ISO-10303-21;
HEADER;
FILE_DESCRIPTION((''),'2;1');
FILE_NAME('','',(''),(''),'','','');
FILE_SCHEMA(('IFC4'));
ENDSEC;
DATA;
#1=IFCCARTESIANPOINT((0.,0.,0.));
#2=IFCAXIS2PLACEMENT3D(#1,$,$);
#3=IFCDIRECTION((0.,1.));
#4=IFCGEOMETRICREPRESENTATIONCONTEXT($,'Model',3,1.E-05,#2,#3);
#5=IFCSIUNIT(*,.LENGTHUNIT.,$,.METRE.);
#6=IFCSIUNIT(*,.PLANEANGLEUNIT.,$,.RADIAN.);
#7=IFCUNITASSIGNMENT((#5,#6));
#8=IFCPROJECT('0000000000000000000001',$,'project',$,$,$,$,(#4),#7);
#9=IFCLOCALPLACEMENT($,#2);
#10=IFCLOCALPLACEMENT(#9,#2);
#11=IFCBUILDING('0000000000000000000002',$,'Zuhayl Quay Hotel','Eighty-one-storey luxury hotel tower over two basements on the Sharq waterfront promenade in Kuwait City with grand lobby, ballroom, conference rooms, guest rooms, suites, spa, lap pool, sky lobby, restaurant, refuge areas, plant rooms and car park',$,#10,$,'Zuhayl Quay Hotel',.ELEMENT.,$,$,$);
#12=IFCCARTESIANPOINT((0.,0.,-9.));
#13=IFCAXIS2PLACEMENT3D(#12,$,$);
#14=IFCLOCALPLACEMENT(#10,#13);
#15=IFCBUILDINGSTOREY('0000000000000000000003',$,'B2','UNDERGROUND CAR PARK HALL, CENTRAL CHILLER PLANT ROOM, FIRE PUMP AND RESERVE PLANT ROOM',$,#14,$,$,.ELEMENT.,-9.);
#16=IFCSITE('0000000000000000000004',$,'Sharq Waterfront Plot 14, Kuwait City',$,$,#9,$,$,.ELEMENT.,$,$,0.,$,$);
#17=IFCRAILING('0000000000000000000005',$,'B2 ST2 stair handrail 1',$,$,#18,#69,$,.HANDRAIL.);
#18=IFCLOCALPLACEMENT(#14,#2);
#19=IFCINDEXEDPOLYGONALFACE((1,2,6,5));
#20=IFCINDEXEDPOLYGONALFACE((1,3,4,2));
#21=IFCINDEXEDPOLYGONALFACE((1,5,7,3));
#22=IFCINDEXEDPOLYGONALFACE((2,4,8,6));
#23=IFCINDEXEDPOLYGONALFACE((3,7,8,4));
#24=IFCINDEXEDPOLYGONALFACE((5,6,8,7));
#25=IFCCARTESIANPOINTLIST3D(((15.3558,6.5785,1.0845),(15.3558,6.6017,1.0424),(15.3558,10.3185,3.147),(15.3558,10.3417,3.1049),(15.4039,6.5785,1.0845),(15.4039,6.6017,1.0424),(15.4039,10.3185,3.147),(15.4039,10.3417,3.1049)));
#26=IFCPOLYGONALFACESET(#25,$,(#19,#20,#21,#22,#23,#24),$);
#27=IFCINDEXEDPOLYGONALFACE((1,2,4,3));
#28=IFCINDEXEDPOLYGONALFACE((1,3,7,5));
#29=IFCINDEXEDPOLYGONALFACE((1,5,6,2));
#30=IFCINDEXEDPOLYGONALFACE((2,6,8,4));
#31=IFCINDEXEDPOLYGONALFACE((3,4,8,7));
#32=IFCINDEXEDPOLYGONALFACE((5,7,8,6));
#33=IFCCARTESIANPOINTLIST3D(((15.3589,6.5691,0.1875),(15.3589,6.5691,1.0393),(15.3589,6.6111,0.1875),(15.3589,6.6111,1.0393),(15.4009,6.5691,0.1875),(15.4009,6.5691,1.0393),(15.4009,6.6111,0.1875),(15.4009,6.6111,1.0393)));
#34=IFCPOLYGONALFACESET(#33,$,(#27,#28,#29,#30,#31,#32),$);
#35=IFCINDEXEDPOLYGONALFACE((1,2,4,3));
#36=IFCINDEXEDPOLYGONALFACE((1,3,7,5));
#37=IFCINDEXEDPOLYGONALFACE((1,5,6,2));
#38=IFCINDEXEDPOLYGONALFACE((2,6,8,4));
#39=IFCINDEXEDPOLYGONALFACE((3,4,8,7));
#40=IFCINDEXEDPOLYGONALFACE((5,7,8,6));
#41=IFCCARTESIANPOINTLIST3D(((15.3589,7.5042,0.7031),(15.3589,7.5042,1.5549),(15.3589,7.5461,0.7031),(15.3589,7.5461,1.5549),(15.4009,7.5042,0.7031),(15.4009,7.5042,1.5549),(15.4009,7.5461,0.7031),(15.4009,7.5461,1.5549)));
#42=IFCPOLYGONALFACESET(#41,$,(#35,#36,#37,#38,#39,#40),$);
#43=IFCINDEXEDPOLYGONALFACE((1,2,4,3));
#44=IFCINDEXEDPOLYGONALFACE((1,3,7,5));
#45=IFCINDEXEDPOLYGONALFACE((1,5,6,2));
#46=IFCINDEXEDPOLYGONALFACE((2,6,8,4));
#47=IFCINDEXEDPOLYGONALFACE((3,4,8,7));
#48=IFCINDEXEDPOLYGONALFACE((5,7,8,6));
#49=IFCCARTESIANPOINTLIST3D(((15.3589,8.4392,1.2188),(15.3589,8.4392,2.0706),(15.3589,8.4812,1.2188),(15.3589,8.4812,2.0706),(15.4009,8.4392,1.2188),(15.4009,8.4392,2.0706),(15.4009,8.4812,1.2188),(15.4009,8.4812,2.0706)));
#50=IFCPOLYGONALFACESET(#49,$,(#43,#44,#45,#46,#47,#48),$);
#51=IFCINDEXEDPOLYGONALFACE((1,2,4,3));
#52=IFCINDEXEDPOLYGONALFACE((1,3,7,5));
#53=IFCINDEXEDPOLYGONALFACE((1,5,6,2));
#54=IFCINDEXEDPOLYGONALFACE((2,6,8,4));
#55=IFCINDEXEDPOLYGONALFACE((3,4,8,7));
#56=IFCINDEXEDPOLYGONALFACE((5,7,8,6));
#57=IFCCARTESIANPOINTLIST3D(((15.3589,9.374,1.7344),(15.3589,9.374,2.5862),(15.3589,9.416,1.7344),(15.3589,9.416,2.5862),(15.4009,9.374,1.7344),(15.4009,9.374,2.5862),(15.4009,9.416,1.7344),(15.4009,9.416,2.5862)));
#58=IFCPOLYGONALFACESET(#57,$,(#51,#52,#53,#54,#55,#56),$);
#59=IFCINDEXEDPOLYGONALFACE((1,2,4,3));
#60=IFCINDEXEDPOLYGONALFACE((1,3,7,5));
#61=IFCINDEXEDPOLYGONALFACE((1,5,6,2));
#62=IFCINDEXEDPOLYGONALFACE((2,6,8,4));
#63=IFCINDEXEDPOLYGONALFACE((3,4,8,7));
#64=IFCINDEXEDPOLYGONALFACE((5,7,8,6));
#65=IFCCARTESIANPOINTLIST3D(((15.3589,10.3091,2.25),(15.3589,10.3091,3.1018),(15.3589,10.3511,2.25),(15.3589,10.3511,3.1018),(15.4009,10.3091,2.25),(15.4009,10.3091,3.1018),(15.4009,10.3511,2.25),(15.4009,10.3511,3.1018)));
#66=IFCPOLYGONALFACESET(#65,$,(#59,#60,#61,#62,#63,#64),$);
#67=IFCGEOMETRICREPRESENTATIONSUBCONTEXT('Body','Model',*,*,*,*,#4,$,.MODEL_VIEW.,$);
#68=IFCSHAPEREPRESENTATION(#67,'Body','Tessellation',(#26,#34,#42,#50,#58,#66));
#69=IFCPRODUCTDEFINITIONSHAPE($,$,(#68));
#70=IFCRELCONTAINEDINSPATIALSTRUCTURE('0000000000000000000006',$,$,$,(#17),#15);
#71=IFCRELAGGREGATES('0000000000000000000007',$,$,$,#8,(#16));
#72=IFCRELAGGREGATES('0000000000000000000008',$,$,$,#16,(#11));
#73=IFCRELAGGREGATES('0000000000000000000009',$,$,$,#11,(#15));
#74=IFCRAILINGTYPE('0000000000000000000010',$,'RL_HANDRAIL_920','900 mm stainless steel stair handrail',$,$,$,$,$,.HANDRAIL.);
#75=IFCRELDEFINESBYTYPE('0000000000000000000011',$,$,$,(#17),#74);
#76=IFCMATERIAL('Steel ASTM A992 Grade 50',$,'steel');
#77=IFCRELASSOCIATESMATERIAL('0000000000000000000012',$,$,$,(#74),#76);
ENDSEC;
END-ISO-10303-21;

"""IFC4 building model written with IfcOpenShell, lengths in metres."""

from ifc_helpers import new_model, si_unit, direction, frame, origin, origin_2d, place, context, subcontext, project, spatial, rectangle, extrude, material, type_object, element, save


model = new_model("IFC4")

# Units and contexts
model_context = context("Model", 3, precision=1e-05, world=origin(), true_north=direction((0.0, 1.0)))
body_context = subcontext(model_context, "Body", "Model", "MODEL_VIEW")
ifc_project = project(units=[si_unit("LENGTHUNIT", "METRE"), si_unit("PLANEANGLEUNIT", "RADIAN")], contexts=[model_context])

# Site, building, storey
site_placement = place(None, origin())
site = spatial("IfcSite", under=ifc_project, at=site_placement, Name="Sharq Waterfront Plot 14, Kuwait City", CompositionType="ELEMENT", RefElevation=0.0)
building_placement = place(site_placement, origin())
building = spatial("IfcBuilding", under=site, at=building_placement, Name="Zuhayl Quay Hotel", Description="Eighty-one-storey luxury hotel tower over two basements on the Sharq waterfront promenade in Kuwait City with grand lobby, ballroom, conference rooms, guest rooms, suites, spa, lap pool, sky lobby, restaurant, refuge areas, plant rooms and car park", LongName="Zuhayl Quay Hotel", CompositionType="ELEMENT")
storey_placement = place(building_placement, frame((0.0, 0.0, -9.0)))
storey = spatial("IfcBuildingStorey", under=building, at=storey_placement, Name="B2", Description="UNDERGROUND CAR PARK HALL, CENTRAL CHILLER PLANT ROOM, FIRE PUMP AND RESERVE PLANT ROOM", CompositionType="ELEMENT", Elevation=-9.0)

# Railing
ifc_material_1 = material(Name="Steel ASTM A992 Grade 50", Category="steel")
railing_type_1 = type_object("IfcRailingType", Name="RL_HANDRAIL_920", Description="900 mm stainless steel stair handrail", PredefinedType="HANDRAIL", material=ifc_material_1)
railing_1_placement = place(storey_placement, frame((15.3799, 6.5901, 0.1875)))
element("IfcRailing", 1, at=railing_1_placement, inside=storey, type_object=railing_type_1, Name="B2 ST2 stair handrail 1", PredefinedType="HANDRAIL", context=body_context, shape_type="SweptSolid", body=[
    extrude(rectangle(XDim=0.0481, YDim=0.0481, at=origin_2d()), frame((0.0, 0.0, 0.876), z_axis=(0.0, 0.875671, 0.482908), x_axis=(-1.0, 0.0, 0.0)), (0.0, 0.0, 1.0), 4.271),
    extrude(rectangle(XDim=0.042, YDim=0.042, at=origin_2d()), origin(), (0.0, 0.0, 1.0), 0.8518),
    extrude(rectangle(XDim=0.042, YDim=0.042, at=origin_2d()), frame((0.0, 0.9351, 0.5156)), (0.0, 0.0, 1.0), 0.8518),
    extrude(rectangle(XDim=0.042, YDim=0.042, at=origin_2d()), frame((0.0, 1.8701, 1.0312)), (0.0, 0.0, 1.0), 0.8518),
    extrude(rectangle(XDim=0.042, YDim=0.042, at=origin_2d()), frame((0.0, 2.8049, 1.5469)), (0.0, 0.0, 1.0), 0.8518),
    extrude(rectangle(XDim=0.042, YDim=0.042, at=origin_2d()), frame((0.0, 3.74, 2.0625)), (0.0, 0.0, 1.0), 0.8518),
])

save(model, "model.ifc")
